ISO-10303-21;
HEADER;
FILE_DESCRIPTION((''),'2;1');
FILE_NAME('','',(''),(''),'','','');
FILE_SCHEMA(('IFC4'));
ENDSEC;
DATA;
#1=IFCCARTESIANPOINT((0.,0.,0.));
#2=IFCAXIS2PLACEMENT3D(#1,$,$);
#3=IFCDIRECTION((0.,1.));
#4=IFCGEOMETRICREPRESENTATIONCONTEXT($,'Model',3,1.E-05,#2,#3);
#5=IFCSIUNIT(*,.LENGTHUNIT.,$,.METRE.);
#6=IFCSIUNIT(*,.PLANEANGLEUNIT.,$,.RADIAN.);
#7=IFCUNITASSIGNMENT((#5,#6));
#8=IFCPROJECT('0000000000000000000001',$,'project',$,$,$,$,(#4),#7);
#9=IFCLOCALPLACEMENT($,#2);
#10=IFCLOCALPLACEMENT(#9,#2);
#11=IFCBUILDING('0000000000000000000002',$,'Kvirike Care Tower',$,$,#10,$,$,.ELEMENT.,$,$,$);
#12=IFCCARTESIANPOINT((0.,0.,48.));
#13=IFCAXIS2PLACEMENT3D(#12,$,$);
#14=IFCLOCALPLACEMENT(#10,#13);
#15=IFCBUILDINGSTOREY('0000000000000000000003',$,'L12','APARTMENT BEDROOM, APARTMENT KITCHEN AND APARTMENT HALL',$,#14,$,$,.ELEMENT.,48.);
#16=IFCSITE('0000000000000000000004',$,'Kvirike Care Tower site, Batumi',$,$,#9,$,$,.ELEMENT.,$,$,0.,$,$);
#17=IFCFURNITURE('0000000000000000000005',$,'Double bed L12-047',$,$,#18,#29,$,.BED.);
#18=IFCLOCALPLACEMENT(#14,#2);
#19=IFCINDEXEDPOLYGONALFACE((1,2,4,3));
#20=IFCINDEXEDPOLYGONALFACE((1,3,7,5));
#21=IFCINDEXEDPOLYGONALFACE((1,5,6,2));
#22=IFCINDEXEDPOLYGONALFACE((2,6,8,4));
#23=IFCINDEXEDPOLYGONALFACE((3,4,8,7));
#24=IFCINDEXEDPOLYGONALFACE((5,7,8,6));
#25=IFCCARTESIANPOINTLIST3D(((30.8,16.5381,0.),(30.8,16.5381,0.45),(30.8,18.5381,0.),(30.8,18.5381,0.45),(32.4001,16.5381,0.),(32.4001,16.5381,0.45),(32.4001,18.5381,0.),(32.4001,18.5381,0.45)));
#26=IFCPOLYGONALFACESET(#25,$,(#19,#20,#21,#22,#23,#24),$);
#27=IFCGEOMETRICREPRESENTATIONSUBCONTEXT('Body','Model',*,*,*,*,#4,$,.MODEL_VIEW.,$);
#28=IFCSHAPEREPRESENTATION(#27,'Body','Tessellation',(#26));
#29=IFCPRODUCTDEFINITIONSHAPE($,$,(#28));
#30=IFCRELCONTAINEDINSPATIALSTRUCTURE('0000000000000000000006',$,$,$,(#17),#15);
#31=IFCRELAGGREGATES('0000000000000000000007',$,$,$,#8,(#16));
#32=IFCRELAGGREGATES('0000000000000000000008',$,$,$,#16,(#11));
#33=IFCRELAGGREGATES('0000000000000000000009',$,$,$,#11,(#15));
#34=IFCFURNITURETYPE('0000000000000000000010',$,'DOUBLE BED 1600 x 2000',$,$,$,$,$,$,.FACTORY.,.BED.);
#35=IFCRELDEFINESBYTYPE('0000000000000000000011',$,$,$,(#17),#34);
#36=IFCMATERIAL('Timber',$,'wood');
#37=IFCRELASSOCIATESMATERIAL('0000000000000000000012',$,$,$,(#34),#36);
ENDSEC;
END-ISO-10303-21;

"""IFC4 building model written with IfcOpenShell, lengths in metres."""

from ifc_helpers import new_model, si_unit, direction, frame, origin, origin_2d, place, context, subcontext, project, spatial, rectangle, extrude, material, type_object, element, save


model = new_model("IFC4")

# Units and contexts
model_context = context("Model", 3, precision=1e-05, world=origin(), true_north=direction((0.0, 1.0)))
body_context = subcontext(model_context, "Body", "Model", "MODEL_VIEW")
ifc_project = project(units=[si_unit("LENGTHUNIT", "METRE"), si_unit("PLANEANGLEUNIT", "RADIAN")], contexts=[model_context])

# Site, building, storey
site_placement = place(None, origin())
site = spatial("IfcSite", under=ifc_project, at=site_placement, Name="Kvirike Care Tower site, Batumi", CompositionType="ELEMENT", RefElevation=0.0)
building_placement = place(site_placement, origin())
building = spatial("IfcBuilding", under=site, at=building_placement, Name="Kvirike Care Tower", CompositionType="ELEMENT")
storey_placement = place(building_placement, frame((0.0, 0.0, 48.0)))
storey = spatial("IfcBuildingStorey", under=building, at=storey_placement, Name="L12", Description="APARTMENT BEDROOM, APARTMENT KITCHEN AND APARTMENT HALL", CompositionType="ELEMENT", Elevation=48.0)

# Furniture
ifc_material_1 = material(Name="Timber", Category="wood")
furniture_type = type_object("IfcFurnitureType", Name="DOUBLE BED 1600 x 2000", AssemblyPlace="FACTORY", PredefinedType="BED", material=ifc_material_1)
furniture_placement = place(storey_placement, frame((31.6001, 17.5381, 0.0), z_axis=(0.0, 0.0, 1.0), x_axis=(1.0, 0.0, 0.0)))
element("IfcFurniture", 1, at=furniture_placement, inside=storey, type_object=furniture_type, Name="Double bed L12-047", PredefinedType="BED", context=body_context, shape_type="SweptSolid", body=[
    extrude(rectangle(XDim=1.6001, YDim=2.0, at=origin_2d()), origin(), (0.0, 0.0, 1.0), 0.45),
])

save(model, "model.ifc")
